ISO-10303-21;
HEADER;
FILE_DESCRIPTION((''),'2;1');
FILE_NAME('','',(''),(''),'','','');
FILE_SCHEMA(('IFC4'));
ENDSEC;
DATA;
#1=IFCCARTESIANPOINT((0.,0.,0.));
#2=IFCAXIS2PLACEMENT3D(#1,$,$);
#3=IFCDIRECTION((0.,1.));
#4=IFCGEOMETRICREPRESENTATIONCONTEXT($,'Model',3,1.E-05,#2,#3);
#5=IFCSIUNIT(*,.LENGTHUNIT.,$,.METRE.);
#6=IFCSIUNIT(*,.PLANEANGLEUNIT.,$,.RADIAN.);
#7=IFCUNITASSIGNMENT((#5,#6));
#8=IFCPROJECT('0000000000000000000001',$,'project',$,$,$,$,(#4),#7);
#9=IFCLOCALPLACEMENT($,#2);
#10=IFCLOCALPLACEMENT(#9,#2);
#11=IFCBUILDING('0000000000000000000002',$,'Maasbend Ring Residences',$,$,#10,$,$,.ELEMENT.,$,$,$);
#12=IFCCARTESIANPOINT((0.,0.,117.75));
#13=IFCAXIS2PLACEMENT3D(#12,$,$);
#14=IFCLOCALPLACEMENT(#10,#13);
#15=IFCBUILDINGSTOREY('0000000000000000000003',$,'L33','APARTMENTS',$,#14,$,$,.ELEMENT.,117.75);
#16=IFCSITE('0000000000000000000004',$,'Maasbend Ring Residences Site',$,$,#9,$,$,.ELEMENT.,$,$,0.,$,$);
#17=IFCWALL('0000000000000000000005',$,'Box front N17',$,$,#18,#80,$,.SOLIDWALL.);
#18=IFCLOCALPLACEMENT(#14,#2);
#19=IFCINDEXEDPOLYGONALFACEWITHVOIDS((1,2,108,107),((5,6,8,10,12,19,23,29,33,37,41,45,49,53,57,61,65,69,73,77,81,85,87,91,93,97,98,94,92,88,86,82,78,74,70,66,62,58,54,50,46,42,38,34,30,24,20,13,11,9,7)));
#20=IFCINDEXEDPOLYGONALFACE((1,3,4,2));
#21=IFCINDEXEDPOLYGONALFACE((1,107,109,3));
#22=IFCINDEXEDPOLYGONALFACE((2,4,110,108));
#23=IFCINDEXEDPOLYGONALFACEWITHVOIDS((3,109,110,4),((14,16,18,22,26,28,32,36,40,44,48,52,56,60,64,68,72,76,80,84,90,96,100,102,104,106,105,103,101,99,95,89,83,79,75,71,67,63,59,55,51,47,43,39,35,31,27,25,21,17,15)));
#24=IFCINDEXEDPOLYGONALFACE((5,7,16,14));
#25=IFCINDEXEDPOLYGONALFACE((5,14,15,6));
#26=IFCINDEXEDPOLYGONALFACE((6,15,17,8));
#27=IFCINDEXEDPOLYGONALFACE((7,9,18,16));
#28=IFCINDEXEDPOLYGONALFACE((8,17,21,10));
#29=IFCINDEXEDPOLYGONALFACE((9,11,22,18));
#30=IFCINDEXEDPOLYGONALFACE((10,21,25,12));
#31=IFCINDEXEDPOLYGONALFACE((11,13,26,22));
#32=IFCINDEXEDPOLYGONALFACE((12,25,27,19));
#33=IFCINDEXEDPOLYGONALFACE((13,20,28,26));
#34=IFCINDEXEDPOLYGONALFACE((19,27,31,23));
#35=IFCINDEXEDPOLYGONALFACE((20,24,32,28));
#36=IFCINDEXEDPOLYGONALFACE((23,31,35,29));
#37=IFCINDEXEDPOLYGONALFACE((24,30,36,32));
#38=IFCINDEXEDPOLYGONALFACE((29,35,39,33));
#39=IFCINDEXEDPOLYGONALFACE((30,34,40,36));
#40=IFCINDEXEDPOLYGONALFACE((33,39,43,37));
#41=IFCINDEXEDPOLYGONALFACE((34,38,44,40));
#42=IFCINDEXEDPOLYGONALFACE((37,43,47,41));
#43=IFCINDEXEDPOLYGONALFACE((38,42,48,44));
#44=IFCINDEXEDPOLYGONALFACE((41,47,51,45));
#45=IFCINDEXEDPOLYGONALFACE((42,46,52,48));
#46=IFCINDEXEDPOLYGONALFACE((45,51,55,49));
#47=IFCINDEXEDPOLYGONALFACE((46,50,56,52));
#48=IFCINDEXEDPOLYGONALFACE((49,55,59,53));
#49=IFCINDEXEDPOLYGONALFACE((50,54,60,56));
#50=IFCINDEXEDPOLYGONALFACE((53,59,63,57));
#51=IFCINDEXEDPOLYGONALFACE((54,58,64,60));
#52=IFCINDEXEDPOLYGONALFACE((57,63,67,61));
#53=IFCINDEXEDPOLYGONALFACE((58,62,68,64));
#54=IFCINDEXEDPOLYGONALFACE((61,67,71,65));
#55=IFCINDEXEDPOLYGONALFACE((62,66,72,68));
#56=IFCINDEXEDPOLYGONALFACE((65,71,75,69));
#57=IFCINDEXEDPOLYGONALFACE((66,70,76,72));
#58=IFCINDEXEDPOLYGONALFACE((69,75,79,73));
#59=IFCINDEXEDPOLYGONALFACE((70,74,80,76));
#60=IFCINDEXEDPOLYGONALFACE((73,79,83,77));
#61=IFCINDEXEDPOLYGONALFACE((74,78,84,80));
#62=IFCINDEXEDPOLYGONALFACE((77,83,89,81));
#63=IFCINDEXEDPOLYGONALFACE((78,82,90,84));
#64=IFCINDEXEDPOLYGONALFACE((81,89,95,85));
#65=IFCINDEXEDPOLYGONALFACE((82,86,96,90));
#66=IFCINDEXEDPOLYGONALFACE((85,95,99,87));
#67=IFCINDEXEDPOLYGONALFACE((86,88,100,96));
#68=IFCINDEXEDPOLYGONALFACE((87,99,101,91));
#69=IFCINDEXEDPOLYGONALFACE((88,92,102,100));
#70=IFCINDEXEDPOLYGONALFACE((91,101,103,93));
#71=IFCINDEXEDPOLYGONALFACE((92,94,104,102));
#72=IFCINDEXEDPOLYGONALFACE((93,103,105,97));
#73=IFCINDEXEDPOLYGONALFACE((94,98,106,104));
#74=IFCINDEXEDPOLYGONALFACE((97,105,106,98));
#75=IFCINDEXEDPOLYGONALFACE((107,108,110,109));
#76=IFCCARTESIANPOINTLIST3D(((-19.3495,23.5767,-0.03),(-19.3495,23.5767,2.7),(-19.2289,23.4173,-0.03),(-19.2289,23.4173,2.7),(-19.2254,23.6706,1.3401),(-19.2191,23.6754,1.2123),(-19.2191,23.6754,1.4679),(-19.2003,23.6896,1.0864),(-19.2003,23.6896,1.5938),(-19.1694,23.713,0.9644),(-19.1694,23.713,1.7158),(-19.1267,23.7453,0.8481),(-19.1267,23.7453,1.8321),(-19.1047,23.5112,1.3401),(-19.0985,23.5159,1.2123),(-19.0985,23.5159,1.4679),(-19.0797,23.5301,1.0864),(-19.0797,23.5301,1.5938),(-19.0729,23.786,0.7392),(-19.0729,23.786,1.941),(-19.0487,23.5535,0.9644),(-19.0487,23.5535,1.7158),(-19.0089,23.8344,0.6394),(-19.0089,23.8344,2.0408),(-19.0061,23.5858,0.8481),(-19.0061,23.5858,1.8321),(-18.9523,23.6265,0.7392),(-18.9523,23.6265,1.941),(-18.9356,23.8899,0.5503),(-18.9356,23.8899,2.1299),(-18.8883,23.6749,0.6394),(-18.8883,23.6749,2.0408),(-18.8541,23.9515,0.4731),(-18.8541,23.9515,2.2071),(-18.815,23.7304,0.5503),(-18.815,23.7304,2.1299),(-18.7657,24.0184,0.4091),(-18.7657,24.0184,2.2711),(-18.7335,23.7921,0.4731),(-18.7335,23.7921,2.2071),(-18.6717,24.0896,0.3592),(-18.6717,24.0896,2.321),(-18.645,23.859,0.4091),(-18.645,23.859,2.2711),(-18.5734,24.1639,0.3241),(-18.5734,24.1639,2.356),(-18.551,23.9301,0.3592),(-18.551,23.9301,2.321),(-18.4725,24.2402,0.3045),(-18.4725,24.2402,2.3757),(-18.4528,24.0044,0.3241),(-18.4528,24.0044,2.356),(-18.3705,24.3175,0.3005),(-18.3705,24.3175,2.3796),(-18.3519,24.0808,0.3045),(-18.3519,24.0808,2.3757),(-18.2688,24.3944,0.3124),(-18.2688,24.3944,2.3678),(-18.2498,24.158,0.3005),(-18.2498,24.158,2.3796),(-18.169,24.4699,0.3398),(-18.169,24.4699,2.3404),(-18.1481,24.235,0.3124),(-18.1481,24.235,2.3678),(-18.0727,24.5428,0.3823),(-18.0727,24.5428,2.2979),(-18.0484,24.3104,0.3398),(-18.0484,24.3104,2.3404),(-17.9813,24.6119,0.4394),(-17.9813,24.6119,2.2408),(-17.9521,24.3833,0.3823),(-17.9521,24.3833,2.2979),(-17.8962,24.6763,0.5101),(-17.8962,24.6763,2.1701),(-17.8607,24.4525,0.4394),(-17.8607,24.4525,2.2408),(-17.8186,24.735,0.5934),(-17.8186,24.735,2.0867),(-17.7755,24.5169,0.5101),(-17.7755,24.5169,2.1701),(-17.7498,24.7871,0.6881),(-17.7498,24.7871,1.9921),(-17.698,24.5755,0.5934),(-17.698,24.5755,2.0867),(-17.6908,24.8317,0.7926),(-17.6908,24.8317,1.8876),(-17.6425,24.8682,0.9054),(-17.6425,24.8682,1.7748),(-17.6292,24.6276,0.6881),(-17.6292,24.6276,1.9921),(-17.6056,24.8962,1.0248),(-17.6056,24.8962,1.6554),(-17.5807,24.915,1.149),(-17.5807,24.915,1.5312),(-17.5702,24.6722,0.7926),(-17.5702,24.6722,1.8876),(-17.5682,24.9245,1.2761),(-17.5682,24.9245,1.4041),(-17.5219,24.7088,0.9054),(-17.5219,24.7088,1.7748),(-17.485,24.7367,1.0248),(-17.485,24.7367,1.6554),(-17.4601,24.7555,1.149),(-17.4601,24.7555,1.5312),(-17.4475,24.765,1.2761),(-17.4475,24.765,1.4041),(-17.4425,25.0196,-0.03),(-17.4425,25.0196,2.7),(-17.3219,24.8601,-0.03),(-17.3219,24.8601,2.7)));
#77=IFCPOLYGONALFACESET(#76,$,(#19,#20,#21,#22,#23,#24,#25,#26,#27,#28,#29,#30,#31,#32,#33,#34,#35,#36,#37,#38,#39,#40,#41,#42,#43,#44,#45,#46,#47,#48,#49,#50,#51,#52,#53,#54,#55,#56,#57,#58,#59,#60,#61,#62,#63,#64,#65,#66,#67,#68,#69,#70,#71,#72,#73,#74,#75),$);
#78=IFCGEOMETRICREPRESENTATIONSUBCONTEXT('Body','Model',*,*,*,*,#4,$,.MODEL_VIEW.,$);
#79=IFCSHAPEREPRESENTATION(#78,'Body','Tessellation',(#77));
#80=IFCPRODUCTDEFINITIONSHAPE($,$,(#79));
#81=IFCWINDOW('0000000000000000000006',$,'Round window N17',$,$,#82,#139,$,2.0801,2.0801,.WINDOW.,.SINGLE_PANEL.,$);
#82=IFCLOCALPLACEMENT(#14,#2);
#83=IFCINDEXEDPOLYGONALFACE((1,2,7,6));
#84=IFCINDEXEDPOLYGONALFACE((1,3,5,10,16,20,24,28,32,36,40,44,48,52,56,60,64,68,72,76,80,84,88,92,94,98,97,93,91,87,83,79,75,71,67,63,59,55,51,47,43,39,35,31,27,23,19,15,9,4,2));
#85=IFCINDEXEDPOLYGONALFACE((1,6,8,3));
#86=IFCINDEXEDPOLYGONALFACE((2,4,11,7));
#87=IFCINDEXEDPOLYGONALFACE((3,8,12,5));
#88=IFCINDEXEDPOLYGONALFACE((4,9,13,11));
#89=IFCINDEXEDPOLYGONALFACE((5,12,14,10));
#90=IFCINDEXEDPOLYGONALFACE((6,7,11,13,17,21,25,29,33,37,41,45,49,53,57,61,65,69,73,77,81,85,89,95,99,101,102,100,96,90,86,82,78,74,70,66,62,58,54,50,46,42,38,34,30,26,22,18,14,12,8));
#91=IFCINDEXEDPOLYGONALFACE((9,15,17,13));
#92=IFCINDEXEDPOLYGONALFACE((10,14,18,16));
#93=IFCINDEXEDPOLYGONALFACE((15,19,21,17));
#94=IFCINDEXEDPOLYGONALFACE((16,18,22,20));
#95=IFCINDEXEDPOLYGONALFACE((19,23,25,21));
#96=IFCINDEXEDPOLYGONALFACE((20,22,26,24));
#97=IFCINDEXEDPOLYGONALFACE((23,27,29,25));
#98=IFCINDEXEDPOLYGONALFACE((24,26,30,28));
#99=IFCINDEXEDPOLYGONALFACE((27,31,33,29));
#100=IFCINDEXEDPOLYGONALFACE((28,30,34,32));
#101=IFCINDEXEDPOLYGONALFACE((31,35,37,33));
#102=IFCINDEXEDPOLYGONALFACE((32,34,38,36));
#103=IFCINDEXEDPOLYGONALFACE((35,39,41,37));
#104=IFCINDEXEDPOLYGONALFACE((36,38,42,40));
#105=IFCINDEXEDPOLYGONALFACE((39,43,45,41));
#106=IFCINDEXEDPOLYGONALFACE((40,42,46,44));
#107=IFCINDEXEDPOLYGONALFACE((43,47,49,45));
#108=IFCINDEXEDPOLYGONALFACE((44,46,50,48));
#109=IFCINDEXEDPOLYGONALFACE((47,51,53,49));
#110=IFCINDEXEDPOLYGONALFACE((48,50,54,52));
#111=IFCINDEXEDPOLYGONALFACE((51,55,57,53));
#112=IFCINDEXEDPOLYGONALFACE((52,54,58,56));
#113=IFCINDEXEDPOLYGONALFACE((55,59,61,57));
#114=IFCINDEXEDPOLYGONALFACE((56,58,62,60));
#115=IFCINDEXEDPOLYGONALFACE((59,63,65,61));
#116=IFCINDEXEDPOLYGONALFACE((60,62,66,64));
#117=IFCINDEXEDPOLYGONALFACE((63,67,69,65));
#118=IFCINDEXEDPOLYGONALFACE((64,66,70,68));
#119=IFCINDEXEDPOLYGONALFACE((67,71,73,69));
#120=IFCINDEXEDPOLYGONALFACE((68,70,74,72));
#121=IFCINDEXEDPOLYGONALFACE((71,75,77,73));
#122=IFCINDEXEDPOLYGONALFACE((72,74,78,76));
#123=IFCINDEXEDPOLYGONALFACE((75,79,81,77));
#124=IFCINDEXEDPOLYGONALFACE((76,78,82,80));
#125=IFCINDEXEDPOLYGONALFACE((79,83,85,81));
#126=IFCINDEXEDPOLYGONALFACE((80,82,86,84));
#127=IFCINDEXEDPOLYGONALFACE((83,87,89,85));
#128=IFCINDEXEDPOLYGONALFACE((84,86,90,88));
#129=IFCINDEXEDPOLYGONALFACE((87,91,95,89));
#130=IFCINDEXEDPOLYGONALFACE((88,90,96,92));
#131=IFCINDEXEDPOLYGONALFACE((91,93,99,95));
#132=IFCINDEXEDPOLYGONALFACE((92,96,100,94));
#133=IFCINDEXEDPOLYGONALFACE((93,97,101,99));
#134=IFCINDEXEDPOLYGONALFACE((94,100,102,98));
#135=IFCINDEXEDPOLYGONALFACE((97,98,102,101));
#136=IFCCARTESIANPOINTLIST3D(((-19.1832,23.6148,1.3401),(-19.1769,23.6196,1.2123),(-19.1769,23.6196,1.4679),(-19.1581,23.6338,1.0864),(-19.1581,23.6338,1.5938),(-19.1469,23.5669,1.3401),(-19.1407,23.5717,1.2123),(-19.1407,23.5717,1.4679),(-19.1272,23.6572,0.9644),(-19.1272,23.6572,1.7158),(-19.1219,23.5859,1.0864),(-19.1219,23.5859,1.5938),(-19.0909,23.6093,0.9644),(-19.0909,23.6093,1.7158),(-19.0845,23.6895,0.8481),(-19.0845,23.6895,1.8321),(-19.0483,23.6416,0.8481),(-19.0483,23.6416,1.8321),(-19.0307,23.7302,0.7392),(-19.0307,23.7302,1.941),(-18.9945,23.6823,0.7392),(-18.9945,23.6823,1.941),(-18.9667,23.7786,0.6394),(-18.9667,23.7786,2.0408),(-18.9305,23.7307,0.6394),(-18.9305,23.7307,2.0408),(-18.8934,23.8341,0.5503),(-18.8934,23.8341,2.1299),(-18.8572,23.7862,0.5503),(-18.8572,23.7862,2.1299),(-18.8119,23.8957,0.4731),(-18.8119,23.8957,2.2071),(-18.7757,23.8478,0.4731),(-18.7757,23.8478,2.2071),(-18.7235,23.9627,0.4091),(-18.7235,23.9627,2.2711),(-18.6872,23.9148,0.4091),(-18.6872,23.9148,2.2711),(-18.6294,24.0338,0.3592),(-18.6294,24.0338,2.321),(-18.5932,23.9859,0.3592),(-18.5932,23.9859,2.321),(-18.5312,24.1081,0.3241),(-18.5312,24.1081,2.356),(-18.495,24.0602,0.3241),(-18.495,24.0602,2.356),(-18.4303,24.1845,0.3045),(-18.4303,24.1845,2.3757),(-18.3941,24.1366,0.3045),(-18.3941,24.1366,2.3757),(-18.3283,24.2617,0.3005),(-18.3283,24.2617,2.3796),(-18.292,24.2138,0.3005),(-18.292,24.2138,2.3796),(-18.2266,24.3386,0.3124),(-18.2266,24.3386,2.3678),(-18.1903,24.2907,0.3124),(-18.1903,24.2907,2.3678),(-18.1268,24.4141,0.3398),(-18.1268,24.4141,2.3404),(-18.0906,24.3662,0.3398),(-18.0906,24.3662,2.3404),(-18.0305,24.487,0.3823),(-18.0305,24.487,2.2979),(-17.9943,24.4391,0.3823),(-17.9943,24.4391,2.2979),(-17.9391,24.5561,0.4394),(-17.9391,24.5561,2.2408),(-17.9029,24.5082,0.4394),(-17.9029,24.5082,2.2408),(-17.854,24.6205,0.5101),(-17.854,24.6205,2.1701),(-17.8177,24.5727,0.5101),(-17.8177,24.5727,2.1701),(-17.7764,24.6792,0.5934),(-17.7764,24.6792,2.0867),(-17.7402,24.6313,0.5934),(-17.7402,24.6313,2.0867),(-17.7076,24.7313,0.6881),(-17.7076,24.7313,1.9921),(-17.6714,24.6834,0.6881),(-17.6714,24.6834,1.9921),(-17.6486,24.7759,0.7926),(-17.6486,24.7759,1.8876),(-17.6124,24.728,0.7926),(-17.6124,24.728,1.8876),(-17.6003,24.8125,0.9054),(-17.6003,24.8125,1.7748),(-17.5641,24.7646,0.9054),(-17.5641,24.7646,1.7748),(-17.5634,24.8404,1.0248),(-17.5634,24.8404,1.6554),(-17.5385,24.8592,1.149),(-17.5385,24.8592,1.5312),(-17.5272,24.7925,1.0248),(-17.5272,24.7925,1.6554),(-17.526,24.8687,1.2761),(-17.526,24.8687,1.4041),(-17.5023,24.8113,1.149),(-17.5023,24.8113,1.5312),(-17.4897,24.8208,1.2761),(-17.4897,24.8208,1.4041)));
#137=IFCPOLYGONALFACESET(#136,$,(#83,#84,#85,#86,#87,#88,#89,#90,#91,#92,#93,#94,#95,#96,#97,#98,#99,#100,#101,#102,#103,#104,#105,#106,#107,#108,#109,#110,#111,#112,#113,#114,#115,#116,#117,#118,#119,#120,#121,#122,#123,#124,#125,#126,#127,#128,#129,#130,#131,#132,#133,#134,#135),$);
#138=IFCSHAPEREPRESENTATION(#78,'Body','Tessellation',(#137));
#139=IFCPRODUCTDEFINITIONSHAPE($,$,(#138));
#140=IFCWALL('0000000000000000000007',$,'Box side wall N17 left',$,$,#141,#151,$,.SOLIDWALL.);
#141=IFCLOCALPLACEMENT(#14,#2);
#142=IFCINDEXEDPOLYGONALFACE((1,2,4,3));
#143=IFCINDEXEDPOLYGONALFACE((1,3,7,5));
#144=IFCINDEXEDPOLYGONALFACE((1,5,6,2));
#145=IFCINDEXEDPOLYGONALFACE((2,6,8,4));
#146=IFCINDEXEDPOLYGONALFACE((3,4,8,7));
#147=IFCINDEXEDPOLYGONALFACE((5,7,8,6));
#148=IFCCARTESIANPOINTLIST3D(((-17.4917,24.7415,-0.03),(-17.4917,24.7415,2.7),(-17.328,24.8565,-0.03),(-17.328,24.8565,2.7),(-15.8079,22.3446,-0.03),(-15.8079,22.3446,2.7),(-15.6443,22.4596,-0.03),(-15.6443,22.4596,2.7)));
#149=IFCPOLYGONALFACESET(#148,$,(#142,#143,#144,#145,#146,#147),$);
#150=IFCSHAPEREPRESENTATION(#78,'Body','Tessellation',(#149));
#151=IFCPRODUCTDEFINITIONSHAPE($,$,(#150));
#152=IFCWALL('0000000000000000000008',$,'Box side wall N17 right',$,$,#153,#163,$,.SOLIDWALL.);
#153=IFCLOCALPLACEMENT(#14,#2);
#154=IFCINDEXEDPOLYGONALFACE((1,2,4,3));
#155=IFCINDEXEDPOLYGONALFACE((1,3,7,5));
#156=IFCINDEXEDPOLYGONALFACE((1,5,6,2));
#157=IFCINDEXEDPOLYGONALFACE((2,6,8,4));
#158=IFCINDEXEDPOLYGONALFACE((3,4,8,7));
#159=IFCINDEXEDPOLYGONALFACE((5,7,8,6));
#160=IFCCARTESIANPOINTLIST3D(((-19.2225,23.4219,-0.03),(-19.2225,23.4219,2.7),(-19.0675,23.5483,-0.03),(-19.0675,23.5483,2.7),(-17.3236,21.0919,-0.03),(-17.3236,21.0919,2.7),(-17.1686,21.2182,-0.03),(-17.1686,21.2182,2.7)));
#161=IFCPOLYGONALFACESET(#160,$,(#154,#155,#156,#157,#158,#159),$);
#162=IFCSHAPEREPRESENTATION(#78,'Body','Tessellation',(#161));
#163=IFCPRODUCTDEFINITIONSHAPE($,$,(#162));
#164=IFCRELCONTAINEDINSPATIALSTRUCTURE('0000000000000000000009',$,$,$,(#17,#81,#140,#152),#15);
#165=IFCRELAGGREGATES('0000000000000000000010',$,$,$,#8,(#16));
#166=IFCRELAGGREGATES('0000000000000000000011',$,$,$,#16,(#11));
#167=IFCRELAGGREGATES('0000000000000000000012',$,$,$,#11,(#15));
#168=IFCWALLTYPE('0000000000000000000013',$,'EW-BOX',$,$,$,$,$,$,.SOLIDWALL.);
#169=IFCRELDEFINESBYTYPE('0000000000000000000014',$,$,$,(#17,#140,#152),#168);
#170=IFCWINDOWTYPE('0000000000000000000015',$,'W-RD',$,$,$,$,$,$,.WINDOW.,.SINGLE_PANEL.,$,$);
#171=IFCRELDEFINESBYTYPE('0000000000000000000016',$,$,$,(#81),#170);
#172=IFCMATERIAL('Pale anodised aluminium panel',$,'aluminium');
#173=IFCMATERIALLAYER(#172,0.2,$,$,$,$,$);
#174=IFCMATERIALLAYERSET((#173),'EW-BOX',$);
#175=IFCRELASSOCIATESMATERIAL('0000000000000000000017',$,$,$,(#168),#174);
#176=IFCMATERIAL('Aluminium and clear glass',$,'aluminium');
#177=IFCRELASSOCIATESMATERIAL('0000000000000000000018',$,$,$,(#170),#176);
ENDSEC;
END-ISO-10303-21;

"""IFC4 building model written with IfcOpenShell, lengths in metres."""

from ifc_helpers import new_model, si_unit, direction, frame, frame_2d, origin, place, context, subcontext, project, spatial, rectangle, circle, extrude, material, layer, layer_set, type_object, element, fill, save


model = new_model("IFC4")

# Units and contexts
model_context = context("Model", 3, precision=1e-05, world=origin(), true_north=direction((0.0, 1.0)))
body_context = subcontext(model_context, "Body", "Model", "MODEL_VIEW")
ifc_project = project(units=[si_unit("LENGTHUNIT", "METRE"), si_unit("PLANEANGLEUNIT", "RADIAN")], contexts=[model_context])

# Site, building, storey
site_placement = place(None, origin())
site = spatial("IfcSite", under=ifc_project, at=site_placement, Name="Maasbend Ring Residences Site", CompositionType="ELEMENT", RefElevation=0.0)
building_placement = place(site_placement, origin())
building = spatial("IfcBuilding", under=site, at=building_placement, Name="Maasbend Ring Residences", CompositionType="ELEMENT")
storey_placement = place(building_placement, frame((0.0, 0.0, 117.75)))
storey = spatial("IfcBuildingStorey", under=building, at=storey_placement, Name="L33", Description="APARTMENTS", CompositionType="ELEMENT", Elevation=117.75)

# Shared definitions
ifc_material_1 = material(Name="Pale anodised aluminium panel", Category="aluminium")
ifc_layer_1 = layer(ifc_material_1, 0.2)
ifc_layer_set_1 = layer_set([ifc_layer_1], Name="EW-BOX")
wall_type_1 = type_object("IfcWallType", Name="EW-BOX", PredefinedType="SOLIDWALL", material=ifc_layer_set_1)
ifc_material_2 = material(Name="Aluminium and clear glass", Category="aluminium")
window_type_1 = type_object("IfcWindowType", Name="W-RD", PartitioningType="SINGLE_PANEL", PredefinedType="WINDOW", material=ifc_material_2)

# Wall, opening, window
wall_1_placement = place(storey_placement, frame((-17.3821, 24.9399, -0.03), z_axis=(0.0, 0.0, 1.0), x_axis=(-0.797457, -0.603376, 0.0)))
wall_1 = element("IfcWall", 1, at=wall_1_placement, inside=storey, type_object=wall_type_1, Name="Box front N17", PredefinedType="SOLIDWALL", context=body_context, shape_type="SweptSolid", body=[
    extrude(rectangle(XDim=2.3914, YDim=0.2, at=frame_2d((1.1958, 0.0))), origin(), (0.0, 0.0, 1.0), 2.73),
])
opening_1_placement = place(wall_1_placement, frame((0.1558, 0.0, 0.3301)))
opening_1 = element("IfcOpeningElement", 2, at=opening_1_placement, cuts=wall_1, PredefinedType="OPENING", context=body_context, shape_type="SweptSolid", body=[
    extrude(circle(Radius=1.04, at=frame_2d((1.04, 1.04))), frame((0.0, 0.1099, 0.0), z_axis=(0.0, -1.0, 0.0), x_axis=(1.0, 0.0, 0.0)), (0.0, 0.0, 1.0), 0.22),
])
window_1_placement = place(opening_1_placement, origin())
window_1 = element("IfcWindow", 3, at=window_1_placement, inside=storey, type_object=window_type_1, Name="Round window N17", OverallHeight=2.0801, OverallWidth=2.0801, PartitioningType="SINGLE_PANEL", PredefinedType="WINDOW", context=body_context, shape_type="SweptSolid", body=[
    extrude(circle(Radius=1.04, at=frame_2d((1.04, 1.04))), frame((0.0, 0.03, 0.0), z_axis=(0.0, -1.0, 0.0), x_axis=(1.0, 0.0, 0.0)), (0.0, 0.0, 1.0), 0.0601),
])
fill(opening_1, window_1)

# Walls
wall_2_placement = place(storey_placement, frame((-15.7261, 22.4021, -0.03), z_axis=(0.0, 0.0, 1.0), x_axis=(-0.574826, 0.818275, 0.0)))
element("IfcWall", 4, at=wall_2_placement, inside=storey, type_object=wall_type_1, Name="Box side wall N17 left", PredefinedType="SOLIDWALL", context=body_context, shape_type="SweptSolid", body=[
    extrude(rectangle(XDim=2.9292, YDim=0.2, at=frame_2d((1.4646, 0.0))), origin(), (0.0, 0.0, 1.0), 2.73),
])
wall_3_placement = place(storey_placement, frame((-17.2461, 21.155, -0.03), z_axis=(0.0, 0.0, 1.0), x_axis=(-0.631742, 0.775179, 0.0)))
element("IfcWall", 5, at=wall_3_placement, inside=storey, type_object=wall_type_1, Name="Box side wall N17 right", PredefinedType="SOLIDWALL", context=body_context, shape_type="SweptSolid", body=[
    extrude(rectangle(XDim=3.0059, YDim=0.2, at=frame_2d((1.5029, 0.0))), origin(), (0.0, 0.0, 1.0), 2.73),
])

save(model, "model.ifc")
